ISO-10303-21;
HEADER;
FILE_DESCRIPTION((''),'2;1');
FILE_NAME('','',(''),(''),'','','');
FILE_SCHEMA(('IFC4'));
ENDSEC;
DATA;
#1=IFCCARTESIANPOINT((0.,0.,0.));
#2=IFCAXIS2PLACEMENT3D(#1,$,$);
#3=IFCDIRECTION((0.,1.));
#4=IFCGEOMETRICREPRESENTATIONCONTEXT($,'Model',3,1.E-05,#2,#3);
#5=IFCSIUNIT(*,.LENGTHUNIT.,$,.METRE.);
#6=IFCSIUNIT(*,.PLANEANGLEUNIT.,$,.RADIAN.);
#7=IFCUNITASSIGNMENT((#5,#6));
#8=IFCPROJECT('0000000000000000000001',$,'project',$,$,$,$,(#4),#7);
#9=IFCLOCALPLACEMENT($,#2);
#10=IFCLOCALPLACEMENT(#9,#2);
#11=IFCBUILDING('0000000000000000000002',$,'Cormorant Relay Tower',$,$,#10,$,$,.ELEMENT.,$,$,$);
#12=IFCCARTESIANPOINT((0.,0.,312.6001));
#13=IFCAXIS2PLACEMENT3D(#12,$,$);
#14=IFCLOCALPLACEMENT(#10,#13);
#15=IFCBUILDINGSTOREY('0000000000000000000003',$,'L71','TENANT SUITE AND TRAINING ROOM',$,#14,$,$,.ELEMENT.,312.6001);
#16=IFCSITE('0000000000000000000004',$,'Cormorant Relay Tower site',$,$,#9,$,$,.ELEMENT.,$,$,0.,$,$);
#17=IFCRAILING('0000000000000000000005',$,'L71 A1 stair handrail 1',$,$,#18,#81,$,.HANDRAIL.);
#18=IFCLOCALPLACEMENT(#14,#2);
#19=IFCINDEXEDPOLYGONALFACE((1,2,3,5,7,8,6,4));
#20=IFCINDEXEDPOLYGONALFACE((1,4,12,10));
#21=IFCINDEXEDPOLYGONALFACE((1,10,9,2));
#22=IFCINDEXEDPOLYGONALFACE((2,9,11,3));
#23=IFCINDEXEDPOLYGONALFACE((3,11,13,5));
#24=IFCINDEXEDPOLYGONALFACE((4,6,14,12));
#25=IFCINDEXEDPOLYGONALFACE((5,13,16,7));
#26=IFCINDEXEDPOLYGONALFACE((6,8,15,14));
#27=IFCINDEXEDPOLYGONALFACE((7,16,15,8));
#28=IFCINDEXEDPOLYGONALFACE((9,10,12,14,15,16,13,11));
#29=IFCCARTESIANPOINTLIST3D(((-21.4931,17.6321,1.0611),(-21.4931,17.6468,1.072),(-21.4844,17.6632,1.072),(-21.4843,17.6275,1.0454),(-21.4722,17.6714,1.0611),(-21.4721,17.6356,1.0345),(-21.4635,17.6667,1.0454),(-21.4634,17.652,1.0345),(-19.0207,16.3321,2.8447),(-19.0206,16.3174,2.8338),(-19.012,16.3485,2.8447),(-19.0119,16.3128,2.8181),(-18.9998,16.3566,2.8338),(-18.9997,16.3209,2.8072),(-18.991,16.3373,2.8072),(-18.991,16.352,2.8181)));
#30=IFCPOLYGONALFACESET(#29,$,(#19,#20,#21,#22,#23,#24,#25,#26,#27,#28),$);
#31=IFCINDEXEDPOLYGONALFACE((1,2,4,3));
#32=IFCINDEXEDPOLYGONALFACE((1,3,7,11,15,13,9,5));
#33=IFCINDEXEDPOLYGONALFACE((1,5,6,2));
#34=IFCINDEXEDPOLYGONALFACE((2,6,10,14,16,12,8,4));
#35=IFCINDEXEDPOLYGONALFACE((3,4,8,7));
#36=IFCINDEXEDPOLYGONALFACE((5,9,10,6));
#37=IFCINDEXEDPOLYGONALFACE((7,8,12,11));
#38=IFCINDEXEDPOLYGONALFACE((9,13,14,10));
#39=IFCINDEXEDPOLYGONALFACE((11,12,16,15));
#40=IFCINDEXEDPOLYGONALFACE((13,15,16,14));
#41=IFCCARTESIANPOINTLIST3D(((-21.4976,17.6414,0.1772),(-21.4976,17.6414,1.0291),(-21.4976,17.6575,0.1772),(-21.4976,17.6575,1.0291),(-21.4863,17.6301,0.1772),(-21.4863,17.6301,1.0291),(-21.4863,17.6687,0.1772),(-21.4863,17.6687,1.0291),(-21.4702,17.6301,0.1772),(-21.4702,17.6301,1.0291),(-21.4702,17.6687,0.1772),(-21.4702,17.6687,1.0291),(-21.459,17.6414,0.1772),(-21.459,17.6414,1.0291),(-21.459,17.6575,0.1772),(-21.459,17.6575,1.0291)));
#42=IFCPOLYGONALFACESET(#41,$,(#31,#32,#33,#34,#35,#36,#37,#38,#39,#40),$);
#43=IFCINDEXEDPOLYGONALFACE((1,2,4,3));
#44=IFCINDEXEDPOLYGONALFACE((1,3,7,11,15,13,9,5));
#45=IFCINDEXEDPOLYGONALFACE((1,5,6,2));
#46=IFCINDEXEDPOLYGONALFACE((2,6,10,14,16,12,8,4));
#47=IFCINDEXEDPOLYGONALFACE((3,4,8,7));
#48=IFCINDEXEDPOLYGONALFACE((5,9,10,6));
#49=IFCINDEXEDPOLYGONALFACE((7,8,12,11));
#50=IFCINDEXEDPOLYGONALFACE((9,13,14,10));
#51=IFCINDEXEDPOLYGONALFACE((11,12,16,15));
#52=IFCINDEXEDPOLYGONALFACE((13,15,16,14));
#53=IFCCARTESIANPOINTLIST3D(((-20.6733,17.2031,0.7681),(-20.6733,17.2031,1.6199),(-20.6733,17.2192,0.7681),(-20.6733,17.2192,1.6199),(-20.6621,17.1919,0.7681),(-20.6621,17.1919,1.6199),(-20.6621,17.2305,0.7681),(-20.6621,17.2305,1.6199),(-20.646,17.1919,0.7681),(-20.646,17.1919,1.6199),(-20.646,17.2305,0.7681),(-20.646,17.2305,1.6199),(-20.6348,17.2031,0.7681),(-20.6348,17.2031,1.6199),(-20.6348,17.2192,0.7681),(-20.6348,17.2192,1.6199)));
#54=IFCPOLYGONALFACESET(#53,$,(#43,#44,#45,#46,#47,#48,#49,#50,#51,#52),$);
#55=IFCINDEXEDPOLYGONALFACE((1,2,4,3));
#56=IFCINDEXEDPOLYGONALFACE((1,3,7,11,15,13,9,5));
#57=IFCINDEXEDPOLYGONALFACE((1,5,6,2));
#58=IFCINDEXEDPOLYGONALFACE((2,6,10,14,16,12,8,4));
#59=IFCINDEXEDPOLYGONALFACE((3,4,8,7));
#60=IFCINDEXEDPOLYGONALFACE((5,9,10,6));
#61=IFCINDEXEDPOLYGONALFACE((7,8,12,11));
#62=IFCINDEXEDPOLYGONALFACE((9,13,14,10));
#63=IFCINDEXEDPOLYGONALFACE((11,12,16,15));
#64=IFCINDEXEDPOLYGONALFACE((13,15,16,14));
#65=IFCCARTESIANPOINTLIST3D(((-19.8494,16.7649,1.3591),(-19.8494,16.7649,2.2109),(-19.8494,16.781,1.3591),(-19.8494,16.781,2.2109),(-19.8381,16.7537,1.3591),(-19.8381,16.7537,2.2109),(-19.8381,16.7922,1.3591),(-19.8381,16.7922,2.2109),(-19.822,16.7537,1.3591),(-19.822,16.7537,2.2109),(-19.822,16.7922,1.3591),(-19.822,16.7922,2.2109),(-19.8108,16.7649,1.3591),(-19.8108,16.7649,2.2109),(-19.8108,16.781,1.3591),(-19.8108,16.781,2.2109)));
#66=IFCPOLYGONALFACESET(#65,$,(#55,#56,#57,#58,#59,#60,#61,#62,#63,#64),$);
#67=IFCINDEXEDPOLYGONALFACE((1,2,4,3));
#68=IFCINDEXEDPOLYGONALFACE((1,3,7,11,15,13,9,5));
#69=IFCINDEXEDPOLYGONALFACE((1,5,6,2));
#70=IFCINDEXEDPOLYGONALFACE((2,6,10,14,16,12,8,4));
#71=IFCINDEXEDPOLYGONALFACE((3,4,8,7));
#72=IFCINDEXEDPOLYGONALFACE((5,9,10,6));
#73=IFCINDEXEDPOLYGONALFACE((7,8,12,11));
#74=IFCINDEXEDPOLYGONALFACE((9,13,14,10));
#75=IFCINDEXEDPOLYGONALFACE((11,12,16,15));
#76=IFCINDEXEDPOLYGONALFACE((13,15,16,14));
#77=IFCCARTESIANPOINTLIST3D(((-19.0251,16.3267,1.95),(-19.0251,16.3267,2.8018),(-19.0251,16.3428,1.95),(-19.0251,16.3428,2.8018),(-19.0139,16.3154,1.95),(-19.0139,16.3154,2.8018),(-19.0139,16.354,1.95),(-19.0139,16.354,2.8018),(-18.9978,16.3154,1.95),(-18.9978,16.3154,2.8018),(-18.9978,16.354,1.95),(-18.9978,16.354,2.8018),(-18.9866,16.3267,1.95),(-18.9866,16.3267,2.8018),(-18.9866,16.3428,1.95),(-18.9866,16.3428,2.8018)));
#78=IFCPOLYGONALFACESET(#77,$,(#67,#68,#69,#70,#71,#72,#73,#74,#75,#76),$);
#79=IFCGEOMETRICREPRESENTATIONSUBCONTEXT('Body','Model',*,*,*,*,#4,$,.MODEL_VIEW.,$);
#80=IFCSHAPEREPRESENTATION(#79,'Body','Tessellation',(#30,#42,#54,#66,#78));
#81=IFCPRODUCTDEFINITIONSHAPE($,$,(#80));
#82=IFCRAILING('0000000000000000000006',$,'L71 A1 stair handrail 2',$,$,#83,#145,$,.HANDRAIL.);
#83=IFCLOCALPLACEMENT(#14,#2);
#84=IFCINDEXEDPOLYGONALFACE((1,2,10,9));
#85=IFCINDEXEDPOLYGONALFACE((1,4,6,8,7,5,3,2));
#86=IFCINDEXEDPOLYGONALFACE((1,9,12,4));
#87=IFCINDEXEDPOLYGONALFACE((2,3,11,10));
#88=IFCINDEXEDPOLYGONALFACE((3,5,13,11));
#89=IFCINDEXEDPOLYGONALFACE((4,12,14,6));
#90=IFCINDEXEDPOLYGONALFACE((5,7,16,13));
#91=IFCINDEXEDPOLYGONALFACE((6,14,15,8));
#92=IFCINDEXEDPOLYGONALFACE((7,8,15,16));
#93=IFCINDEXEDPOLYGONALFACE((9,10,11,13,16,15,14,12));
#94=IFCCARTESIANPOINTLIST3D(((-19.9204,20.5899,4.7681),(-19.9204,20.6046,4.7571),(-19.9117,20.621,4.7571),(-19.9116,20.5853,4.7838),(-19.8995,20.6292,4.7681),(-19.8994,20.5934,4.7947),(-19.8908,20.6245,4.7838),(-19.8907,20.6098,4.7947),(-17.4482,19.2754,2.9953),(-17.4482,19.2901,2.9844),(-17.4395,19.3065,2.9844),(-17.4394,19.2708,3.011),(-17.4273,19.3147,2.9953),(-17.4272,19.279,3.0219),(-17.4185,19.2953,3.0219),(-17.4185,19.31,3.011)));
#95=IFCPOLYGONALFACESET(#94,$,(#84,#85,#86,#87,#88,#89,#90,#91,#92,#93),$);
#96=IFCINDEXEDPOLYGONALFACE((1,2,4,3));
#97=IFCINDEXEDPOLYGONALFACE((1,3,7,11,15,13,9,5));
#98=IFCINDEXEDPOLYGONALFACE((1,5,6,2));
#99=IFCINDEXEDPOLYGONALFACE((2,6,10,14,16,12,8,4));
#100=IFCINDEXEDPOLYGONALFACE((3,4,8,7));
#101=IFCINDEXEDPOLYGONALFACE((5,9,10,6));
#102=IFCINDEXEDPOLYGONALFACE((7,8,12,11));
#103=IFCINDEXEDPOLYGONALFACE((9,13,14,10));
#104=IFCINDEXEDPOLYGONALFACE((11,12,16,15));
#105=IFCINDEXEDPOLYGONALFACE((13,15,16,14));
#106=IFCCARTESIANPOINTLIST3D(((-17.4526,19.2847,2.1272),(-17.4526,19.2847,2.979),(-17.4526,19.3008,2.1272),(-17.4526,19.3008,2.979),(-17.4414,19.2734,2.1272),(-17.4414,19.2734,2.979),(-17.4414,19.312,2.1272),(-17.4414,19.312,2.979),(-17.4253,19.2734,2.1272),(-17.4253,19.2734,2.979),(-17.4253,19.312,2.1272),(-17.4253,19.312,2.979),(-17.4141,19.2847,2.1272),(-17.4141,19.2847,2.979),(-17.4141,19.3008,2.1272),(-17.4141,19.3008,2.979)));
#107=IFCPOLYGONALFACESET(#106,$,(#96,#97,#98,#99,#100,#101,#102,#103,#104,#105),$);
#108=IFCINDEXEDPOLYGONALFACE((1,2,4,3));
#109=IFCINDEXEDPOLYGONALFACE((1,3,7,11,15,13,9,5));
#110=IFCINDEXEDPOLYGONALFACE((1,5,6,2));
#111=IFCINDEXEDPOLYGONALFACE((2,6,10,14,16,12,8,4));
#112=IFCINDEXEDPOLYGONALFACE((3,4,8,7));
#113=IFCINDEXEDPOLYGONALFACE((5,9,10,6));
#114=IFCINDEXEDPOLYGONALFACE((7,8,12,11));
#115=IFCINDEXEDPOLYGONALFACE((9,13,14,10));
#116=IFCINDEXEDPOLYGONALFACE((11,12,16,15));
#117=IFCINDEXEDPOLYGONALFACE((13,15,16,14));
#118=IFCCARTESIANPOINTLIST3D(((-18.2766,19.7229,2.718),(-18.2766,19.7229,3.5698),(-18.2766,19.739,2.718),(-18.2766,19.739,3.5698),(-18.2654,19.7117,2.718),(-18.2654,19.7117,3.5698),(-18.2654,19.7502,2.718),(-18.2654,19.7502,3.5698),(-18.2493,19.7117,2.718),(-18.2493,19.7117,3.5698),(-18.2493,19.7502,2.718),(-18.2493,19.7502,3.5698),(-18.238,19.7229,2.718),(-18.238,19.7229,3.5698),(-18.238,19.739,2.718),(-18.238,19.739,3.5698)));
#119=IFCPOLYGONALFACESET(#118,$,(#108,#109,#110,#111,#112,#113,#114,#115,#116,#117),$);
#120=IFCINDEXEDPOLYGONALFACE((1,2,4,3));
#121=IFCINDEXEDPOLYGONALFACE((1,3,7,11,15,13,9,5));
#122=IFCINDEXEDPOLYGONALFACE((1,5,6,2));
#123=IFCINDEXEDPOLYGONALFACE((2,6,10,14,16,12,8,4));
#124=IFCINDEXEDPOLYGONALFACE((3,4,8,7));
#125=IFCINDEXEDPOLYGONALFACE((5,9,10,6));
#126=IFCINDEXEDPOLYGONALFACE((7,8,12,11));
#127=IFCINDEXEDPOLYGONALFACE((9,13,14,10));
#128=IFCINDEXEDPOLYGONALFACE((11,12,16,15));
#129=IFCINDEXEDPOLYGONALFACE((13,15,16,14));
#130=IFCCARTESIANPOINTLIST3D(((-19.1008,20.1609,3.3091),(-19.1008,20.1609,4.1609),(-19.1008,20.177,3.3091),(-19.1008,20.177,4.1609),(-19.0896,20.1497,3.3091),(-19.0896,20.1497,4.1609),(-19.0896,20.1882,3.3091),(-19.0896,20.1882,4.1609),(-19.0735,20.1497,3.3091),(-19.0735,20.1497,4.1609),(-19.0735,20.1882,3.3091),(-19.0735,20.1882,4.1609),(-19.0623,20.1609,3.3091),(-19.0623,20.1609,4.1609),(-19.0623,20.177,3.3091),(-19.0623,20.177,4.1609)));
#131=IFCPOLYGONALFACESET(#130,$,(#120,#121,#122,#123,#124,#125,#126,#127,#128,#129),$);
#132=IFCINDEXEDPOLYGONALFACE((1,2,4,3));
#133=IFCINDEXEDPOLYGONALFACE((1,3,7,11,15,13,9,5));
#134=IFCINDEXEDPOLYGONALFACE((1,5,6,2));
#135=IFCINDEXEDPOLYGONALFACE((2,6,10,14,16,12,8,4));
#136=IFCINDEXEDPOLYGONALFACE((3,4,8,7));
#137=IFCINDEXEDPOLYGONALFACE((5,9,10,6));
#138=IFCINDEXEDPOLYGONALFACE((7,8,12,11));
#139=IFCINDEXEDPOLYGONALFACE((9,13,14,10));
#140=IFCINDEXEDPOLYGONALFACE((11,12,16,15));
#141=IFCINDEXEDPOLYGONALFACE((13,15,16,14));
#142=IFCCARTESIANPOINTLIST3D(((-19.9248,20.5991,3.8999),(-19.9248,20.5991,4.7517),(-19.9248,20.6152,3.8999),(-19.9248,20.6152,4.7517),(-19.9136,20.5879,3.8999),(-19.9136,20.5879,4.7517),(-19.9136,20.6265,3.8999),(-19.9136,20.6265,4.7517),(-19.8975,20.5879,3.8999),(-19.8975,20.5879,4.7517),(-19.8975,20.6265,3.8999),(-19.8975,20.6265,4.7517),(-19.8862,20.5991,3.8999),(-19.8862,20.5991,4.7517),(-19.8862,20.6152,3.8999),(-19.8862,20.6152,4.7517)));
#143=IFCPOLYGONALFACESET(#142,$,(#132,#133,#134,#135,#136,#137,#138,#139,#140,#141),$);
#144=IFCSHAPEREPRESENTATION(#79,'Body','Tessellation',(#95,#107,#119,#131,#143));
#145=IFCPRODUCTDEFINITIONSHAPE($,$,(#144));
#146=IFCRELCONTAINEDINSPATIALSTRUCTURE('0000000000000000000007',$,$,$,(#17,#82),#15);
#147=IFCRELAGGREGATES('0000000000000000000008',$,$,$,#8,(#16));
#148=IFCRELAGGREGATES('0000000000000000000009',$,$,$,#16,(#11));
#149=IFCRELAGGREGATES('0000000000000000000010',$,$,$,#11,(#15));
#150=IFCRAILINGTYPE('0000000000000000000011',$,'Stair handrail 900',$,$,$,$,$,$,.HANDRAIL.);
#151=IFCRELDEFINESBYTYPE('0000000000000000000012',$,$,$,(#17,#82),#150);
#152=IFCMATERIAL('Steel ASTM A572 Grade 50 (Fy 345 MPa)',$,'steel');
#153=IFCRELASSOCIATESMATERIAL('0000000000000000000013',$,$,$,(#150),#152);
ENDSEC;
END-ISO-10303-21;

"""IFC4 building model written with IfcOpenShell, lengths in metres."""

from ifc_helpers import new_model, si_unit, direction, frame, origin, place, context, subcontext, project, spatial, polyline, outline, extrude, material, type_object, element, save


model = new_model("IFC4")

# Units and contexts
model_context = context("Model", 3, precision=1e-05, world=origin(), true_north=direction((0.0, 1.0)))
body_context = subcontext(model_context, "Body", "Model", "MODEL_VIEW")
ifc_project = project(units=[si_unit("LENGTHUNIT", "METRE"), si_unit("PLANEANGLEUNIT", "RADIAN")], contexts=[model_context])

# Site, building, storey
site_placement = place(None, origin())
site = spatial("IfcSite", under=ifc_project, at=site_placement, Name="Cormorant Relay Tower site", CompositionType="ELEMENT", RefElevation=0.0)
building_placement = place(site_placement, origin())
building = spatial("IfcBuilding", under=site, at=building_placement, Name="Cormorant Relay Tower", CompositionType="ELEMENT")
storey_placement = place(building_placement, frame((0.0, 0.0, 312.6001)))
storey = spatial("IfcBuildingStorey", under=building, at=storey_placement, Name="L71", Description="TENANT SUITE AND TRAINING ROOM", CompositionType="ELEMENT", Elevation=312.6001)

# Railings
ifc_material_1 = material(Name="Steel ASTM A572 Grade 50 (Fy 345 MPa)", Category="steel")
railing_type_1 = type_object("IfcRailingType", Name="Stair handrail 900", PredefinedType="HANDRAIL", material=ifc_material_1)
railing_1_placement = place(storey_placement, frame((-21.4783, 17.6494, 0.1772)))
element("IfcRailing", 1, at=railing_1_placement, inside=storey, type_object=railing_type_1, Name="L71 A1 stair handrail 1", PredefinedType="HANDRAIL", context=body_context, shape_type="SweptSolid", body=[
    extrude(outline(polyline([(0.0222, 0.0093), (0.0093, 0.0222), (-0.0093, 0.0222), (-0.0222, 0.0093), (-0.0222, -0.0093), (-0.0093, -0.0222), (0.0093, -0.0222), (0.0222, -0.0093), (0.0222, 0.0093)])), frame((0.0, 0.0, 0.876), z_axis=(0.746012, -0.39669, 0.534886), x_axis=(0.469497, 0.882934, 0.0)), (0.0, 0.0, 1.0), 3.3142),
    extrude(outline(polyline([(0.0193, 0.0081), (0.0081, 0.0193), (-0.0081, 0.0193), (-0.0193, 0.0081), (-0.0193, -0.0081), (-0.0081, -0.0193), (0.0081, -0.0193), (0.0193, -0.0081), (0.0193, 0.0081)])), origin(), (0.0, 0.0, 1.0), 0.8518),
    extrude(outline(polyline([(0.0193, 0.0081), (0.0081, 0.0193), (-0.0081, 0.0193), (-0.0193, 0.0081), (-0.0193, -0.0081), (-0.0081, -0.0193), (0.0081, -0.0193), (0.0193, -0.0081), (0.0193, 0.0081)])), frame((0.8242, -0.4382, 0.5908)), (0.0, 0.0, 1.0), 0.8518),
    extrude(outline(polyline([(0.0193, 0.0081), (0.0081, 0.0193), (-0.0081, 0.0193), (-0.0193, 0.0081), (-0.0193, -0.0081), (-0.0081, -0.0193), (0.0081, -0.0193), (0.0193, -0.0081), (0.0193, 0.0081)])), frame((1.6482, -0.8765, 1.1819)), (0.0, 0.0, 1.0), 0.8518),
    extrude(outline(polyline([(0.0193, 0.0081), (0.0081, 0.0193), (-0.0081, 0.0193), (-0.0193, 0.0081), (-0.0193, -0.0081), (-0.0081, -0.0193), (0.0081, -0.0193), (0.0193, -0.0081), (0.0193, 0.0081)])), frame((2.4724, -1.3147, 1.7727)), (0.0, 0.0, 1.0), 0.8518),
])
railing_2_placement = place(storey_placement, frame((-17.4333, 19.2927, 2.1272)))
element("IfcRailing", 2, at=railing_2_placement, inside=storey, type_object=railing_type_1, Name="L71 A1 stair handrail 2", PredefinedType="HANDRAIL", context=body_context, shape_type="SweptSolid", body=[
    extrude(outline(polyline([(0.0222, 0.0093), (0.0093, 0.0222), (-0.0093, 0.0222), (-0.0222, 0.0093), (-0.0222, -0.0093), (-0.0093, -0.0222), (0.0093, -0.0222), (0.0222, -0.0093), (0.0222, 0.0093)])), frame((0.0, 0.0, 0.876), z_axis=(-0.746001, 0.396649, 0.534931), x_axis=(-0.469465, -0.882951, 0.0)), (0.0, 0.0, 1.0), 3.314),
    extrude(outline(polyline([(0.0193, 0.0081), (0.0081, 0.0193), (-0.0081, 0.0193), (-0.0193, 0.0081), (-0.0193, -0.0081), (-0.0081, -0.0193), (0.0081, -0.0193), (0.0193, -0.0081), (0.0193, 0.0081)])), origin(), (0.0, 0.0, 1.0), 0.8518),
    extrude(outline(polyline([(0.0193, 0.0081), (0.0081, 0.0193), (-0.0081, 0.0193), (-0.0193, 0.0081), (-0.0193, -0.0081), (-0.0081, -0.0193), (0.0081, -0.0193), (0.0193, -0.0081), (0.0193, 0.0081)])), frame((-0.824, 0.4382, 0.5908)), (0.0, 0.0, 1.0), 0.8518),
    extrude(outline(polyline([(0.0193, 0.0081), (0.0081, 0.0193), (-0.0081, 0.0193), (-0.0193, 0.0081), (-0.0193, -0.0081), (-0.0081, -0.0193), (0.0081, -0.0193), (0.0193, -0.0081), (0.0193, 0.0081)])), frame((-1.6482, 0.8762, 1.1819)), (0.0, 0.0, 1.0), 0.8518),
    extrude(outline(polyline([(0.0193, 0.0081), (0.0081, 0.0193), (-0.0081, 0.0193), (-0.0193, 0.0081), (-0.0193, -0.0081), (-0.0081, -0.0193), (0.0081, -0.0193), (0.0193, -0.0081), (0.0193, 0.0081)])), frame((-2.4722, 1.3145, 1.7727)), (0.0, 0.0, 1.0), 0.8518),
])

save(model, "model.ifc")
